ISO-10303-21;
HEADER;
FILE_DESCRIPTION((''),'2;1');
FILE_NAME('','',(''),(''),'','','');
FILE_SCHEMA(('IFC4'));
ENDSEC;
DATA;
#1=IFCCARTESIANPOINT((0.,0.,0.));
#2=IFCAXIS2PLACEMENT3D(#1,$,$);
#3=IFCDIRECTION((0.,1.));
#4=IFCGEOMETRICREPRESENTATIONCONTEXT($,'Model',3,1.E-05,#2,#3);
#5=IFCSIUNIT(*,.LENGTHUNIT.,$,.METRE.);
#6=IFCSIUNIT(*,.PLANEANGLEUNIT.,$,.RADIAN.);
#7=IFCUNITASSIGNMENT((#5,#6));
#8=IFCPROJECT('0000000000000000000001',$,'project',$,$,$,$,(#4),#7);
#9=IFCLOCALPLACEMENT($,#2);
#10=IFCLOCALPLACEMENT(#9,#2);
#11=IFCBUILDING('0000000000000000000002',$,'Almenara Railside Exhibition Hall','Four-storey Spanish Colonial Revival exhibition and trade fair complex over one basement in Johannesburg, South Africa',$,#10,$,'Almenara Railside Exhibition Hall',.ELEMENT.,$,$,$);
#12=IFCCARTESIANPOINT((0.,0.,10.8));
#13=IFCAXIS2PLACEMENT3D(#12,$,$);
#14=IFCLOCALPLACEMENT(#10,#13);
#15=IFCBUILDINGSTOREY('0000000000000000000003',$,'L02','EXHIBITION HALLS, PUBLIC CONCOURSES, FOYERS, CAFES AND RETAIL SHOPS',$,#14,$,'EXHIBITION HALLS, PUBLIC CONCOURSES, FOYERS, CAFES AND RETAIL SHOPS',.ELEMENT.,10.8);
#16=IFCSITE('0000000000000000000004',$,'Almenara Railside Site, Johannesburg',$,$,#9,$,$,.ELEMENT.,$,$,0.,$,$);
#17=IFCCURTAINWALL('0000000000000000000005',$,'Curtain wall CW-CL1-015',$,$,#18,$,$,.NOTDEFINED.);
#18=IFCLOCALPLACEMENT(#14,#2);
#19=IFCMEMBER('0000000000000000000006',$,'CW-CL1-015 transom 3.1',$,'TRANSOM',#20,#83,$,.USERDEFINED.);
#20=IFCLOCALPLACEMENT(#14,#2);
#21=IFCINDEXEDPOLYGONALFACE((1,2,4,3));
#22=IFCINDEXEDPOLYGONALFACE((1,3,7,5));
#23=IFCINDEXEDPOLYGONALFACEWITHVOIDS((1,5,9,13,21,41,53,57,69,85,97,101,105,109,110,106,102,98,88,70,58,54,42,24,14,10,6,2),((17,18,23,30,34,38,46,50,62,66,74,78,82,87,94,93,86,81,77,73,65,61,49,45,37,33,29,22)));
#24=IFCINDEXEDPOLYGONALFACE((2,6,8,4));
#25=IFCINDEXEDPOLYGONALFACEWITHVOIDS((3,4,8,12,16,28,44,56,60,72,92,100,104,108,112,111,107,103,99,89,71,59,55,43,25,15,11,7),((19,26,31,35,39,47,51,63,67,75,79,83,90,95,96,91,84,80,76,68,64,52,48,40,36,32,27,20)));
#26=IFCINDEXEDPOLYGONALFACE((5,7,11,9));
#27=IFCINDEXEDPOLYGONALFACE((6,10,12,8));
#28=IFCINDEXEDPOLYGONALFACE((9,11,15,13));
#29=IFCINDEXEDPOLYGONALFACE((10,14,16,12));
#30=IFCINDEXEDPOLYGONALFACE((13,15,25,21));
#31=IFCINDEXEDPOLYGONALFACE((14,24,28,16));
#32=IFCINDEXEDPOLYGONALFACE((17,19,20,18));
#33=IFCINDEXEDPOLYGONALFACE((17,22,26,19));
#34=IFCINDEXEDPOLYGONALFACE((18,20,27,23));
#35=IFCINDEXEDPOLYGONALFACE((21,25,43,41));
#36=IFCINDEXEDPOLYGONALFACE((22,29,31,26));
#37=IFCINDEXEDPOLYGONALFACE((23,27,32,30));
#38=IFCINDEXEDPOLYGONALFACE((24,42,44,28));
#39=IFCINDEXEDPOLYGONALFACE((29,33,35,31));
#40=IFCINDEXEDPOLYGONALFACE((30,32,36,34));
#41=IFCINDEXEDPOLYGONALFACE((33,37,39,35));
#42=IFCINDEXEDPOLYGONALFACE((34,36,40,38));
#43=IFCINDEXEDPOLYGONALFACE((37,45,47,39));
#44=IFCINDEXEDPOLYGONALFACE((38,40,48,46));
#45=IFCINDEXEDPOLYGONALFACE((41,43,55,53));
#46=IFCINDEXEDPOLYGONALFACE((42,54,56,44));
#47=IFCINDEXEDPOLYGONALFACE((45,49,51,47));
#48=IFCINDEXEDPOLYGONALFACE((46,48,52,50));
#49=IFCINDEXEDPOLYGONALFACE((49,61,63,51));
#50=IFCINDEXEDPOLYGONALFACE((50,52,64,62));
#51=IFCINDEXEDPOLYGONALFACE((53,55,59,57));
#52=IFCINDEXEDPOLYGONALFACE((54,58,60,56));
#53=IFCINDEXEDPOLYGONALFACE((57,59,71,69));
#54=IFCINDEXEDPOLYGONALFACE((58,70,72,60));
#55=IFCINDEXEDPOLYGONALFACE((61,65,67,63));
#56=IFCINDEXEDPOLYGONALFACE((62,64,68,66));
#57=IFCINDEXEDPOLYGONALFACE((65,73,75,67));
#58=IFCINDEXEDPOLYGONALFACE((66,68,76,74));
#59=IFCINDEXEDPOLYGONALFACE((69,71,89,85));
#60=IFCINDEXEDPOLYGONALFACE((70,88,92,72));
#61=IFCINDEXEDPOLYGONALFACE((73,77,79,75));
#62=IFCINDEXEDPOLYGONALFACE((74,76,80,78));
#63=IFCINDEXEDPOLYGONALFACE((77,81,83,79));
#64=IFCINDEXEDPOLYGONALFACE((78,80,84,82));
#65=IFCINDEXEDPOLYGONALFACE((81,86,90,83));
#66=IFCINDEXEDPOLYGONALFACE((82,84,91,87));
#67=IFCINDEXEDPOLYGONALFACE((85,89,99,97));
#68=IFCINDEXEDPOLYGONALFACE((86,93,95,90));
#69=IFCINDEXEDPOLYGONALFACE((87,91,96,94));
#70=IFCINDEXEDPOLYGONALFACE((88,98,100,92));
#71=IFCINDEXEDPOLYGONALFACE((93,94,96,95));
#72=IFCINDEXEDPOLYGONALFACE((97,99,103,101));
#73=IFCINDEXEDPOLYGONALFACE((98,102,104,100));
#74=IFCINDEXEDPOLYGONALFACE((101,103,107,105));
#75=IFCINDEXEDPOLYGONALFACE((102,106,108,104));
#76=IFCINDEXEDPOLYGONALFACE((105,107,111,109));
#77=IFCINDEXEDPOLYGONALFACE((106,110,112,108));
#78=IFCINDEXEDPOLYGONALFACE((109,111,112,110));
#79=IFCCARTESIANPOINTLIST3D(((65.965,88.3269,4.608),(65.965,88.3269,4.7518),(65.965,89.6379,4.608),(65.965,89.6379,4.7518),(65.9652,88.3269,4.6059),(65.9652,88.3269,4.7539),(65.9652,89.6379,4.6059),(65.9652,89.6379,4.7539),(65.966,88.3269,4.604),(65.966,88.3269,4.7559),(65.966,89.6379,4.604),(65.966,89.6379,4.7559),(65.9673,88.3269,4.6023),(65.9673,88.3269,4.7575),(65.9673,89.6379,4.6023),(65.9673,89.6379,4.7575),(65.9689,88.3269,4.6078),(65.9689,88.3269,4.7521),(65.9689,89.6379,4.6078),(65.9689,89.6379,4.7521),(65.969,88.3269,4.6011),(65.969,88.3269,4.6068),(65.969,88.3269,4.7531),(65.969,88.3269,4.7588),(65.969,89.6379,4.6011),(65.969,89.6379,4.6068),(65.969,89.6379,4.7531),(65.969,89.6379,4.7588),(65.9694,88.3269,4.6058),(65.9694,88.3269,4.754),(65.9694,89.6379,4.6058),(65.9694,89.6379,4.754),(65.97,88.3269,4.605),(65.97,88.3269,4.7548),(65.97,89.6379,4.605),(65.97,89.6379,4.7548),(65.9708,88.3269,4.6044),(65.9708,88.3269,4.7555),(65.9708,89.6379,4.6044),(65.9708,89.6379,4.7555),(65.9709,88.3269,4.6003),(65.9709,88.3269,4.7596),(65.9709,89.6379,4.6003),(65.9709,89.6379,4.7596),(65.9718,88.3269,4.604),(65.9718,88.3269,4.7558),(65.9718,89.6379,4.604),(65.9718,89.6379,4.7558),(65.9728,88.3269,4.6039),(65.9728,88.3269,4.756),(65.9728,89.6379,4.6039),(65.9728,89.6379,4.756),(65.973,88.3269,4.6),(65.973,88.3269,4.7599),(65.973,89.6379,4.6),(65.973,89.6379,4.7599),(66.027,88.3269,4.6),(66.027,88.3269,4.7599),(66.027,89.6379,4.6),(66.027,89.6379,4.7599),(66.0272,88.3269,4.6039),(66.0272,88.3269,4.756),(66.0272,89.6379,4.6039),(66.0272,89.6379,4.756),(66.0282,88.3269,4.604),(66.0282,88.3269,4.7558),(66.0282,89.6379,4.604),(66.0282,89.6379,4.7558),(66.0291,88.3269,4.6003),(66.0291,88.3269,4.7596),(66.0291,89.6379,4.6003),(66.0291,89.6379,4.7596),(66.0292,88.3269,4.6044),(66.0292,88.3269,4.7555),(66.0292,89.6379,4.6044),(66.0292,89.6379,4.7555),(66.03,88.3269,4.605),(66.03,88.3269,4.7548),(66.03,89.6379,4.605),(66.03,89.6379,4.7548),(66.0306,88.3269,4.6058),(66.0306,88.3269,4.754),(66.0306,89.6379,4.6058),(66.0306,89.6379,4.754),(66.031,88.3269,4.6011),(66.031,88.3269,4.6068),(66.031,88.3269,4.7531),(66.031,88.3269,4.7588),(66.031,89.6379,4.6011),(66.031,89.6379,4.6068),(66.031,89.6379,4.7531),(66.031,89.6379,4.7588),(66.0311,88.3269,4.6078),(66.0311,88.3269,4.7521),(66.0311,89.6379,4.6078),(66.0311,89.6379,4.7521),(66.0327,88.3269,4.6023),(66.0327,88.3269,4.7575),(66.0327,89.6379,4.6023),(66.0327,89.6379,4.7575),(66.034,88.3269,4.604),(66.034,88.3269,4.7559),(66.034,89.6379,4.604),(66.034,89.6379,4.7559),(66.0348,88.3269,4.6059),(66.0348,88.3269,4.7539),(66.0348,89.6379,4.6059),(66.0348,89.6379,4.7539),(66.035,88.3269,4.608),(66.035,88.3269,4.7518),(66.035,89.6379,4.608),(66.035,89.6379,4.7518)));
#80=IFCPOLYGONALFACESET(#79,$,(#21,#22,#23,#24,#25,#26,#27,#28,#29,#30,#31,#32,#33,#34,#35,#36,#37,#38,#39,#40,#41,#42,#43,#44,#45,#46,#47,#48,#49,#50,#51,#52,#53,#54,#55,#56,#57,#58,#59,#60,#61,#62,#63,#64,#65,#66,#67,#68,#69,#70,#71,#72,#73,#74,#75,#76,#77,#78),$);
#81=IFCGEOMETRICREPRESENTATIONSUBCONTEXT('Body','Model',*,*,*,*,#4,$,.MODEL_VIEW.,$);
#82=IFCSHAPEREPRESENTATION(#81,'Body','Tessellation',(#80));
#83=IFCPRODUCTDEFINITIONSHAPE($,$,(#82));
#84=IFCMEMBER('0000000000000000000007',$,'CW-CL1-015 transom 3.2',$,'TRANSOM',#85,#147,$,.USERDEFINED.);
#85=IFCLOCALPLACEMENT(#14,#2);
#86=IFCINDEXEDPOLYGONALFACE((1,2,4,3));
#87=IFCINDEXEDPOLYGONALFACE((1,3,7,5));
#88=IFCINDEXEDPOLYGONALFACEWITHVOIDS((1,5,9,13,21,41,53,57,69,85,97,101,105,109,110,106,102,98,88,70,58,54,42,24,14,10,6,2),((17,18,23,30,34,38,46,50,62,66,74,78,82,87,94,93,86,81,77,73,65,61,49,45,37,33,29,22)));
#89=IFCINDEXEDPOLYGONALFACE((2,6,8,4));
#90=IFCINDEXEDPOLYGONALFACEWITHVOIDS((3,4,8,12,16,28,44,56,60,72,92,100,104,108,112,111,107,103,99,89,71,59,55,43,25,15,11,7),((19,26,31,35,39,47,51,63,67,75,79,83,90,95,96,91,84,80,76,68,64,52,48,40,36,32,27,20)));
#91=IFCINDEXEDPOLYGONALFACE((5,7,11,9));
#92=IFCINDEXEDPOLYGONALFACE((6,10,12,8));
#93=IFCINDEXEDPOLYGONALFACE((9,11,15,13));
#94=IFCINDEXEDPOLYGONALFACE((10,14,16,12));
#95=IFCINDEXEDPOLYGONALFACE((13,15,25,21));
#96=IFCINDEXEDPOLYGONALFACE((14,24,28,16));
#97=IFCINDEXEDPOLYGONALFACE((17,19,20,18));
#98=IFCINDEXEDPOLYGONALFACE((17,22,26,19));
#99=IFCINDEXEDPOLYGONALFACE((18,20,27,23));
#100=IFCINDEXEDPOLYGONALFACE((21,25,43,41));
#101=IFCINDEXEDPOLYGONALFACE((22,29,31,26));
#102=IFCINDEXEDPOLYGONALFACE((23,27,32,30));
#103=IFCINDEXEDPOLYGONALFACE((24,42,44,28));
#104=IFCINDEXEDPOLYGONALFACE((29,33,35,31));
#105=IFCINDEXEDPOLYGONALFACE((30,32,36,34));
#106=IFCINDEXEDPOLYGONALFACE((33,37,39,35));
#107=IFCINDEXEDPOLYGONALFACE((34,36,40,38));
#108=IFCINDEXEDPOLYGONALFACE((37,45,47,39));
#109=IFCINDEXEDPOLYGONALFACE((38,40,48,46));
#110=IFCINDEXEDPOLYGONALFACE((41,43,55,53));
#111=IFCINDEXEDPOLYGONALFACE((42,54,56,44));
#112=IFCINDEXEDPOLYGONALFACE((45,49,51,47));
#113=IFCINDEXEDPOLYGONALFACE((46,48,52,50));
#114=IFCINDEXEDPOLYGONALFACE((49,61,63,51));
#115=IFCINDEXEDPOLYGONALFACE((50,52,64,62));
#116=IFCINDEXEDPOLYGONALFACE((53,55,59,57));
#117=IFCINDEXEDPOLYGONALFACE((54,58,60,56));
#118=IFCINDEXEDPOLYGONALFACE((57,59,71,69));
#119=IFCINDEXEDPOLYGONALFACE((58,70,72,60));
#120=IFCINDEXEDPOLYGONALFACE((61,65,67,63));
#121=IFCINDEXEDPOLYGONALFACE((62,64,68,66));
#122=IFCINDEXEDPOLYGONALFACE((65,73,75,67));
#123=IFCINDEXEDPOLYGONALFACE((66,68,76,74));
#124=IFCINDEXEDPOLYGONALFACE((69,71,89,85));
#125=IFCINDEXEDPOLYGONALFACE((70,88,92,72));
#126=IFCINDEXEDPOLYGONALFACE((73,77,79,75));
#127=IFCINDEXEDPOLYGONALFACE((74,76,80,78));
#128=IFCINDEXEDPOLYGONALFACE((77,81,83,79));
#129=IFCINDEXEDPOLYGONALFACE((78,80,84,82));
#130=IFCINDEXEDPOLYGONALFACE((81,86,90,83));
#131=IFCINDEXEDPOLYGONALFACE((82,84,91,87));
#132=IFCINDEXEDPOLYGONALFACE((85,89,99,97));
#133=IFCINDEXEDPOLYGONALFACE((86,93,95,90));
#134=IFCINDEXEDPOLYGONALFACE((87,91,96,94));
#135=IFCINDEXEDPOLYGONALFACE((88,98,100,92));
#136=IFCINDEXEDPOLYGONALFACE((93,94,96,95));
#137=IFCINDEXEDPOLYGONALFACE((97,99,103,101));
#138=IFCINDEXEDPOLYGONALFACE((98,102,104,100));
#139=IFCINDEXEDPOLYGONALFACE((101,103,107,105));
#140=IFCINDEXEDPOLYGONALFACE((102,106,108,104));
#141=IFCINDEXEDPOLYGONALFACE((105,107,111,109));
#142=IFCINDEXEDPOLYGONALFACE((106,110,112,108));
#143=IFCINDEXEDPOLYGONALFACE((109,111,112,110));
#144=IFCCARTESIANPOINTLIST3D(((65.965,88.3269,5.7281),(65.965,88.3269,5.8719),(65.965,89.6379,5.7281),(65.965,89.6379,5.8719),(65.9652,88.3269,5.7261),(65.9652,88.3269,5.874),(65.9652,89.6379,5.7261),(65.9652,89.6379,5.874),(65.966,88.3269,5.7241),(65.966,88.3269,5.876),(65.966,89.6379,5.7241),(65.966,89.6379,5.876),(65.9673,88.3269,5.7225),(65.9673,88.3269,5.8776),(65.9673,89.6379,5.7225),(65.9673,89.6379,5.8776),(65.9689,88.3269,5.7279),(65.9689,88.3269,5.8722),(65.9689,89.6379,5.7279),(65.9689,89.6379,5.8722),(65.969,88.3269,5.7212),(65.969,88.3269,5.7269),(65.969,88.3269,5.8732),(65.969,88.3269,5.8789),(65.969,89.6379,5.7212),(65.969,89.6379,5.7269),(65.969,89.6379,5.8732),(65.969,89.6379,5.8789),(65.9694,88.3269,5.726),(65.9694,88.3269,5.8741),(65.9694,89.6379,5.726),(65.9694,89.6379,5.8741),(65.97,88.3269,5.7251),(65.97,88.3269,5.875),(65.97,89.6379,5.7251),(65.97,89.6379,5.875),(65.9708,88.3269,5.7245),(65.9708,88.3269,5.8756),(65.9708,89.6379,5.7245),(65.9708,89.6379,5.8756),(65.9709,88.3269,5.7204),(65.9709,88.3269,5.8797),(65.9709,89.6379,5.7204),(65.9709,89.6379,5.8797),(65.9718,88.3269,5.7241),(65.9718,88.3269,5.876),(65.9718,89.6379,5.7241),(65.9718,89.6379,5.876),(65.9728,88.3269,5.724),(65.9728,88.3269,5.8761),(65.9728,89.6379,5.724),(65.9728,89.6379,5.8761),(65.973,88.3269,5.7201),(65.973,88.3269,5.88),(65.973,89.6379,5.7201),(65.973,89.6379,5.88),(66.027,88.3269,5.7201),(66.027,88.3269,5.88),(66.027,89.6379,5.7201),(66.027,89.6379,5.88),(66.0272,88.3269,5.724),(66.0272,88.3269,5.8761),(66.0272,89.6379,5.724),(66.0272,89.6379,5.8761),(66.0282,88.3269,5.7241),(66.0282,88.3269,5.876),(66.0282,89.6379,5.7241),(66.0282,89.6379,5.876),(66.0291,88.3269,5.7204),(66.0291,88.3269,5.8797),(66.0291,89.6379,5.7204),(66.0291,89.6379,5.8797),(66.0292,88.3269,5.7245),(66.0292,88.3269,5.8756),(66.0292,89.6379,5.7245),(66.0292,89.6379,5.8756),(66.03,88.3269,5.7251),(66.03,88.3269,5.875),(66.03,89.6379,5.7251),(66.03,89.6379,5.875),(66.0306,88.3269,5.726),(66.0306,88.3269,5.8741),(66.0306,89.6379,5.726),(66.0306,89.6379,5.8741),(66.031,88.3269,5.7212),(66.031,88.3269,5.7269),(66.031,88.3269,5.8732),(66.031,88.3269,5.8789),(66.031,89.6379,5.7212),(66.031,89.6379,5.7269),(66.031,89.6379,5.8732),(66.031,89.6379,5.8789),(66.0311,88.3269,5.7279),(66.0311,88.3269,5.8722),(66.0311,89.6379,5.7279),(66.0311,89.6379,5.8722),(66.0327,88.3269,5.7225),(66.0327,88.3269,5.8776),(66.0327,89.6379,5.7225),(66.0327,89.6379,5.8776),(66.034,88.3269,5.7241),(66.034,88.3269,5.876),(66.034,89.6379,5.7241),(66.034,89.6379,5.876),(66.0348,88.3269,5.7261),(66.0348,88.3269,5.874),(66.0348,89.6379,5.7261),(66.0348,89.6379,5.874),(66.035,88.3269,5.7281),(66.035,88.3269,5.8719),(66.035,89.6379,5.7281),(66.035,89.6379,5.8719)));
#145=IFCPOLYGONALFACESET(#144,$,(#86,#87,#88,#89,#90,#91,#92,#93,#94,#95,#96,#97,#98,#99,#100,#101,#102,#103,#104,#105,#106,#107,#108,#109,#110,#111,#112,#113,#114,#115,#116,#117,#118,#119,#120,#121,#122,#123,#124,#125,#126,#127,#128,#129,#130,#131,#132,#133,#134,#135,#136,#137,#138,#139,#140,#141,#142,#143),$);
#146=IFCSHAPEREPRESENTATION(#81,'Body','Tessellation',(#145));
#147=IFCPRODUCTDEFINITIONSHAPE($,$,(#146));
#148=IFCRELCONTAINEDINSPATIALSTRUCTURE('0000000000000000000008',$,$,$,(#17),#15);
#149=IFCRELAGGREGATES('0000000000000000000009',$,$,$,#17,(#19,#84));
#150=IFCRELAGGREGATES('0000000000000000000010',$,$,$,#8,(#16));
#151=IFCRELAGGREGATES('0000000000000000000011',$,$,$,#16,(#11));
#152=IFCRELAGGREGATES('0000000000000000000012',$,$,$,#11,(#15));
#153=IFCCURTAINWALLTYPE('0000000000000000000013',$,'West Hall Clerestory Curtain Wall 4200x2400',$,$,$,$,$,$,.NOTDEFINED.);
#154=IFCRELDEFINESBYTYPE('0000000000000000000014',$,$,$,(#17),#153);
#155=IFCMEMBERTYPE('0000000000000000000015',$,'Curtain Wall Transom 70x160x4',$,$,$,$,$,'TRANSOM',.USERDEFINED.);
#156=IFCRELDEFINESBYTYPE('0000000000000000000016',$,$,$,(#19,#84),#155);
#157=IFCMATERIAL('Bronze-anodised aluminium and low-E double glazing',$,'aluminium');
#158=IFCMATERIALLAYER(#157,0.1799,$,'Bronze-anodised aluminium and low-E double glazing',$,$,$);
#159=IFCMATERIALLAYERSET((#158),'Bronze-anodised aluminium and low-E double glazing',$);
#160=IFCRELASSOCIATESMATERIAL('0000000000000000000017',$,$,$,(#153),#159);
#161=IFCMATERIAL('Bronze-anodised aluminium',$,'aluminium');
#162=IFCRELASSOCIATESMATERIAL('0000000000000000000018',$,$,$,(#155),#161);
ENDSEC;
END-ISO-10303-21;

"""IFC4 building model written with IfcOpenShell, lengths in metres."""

from ifc_helpers import new_model, si_unit, direction, frame, origin, origin_2d, place, context, subcontext, project, spatial, hollow_rectangle, extrude, material, layer, layer_set, material_profile, profile_set, type_object, element, aggregate, save


model = new_model("IFC4")

# Units and contexts
model_context = context("Model", 3, precision=1e-05, world=origin(), true_north=direction((0.0, 1.0)))
body_context = subcontext(model_context, "Body", "Model", "MODEL_VIEW")
ifc_project = project(units=[si_unit("LENGTHUNIT", "METRE"), si_unit("PLANEANGLEUNIT", "RADIAN")], contexts=[model_context])

# Site, building, storey
site_placement = place(None, origin())
site = spatial("IfcSite", under=ifc_project, at=site_placement, Name="Almenara Railside Site, Johannesburg", CompositionType="ELEMENT", RefElevation=0.0)
building_placement = place(site_placement, origin())
building = spatial("IfcBuilding", under=site, at=building_placement, Name="Almenara Railside Exhibition Hall", Description="Four-storey Spanish Colonial Revival exhibition and trade fair complex over one basement in Johannesburg, South Africa", LongName="Almenara Railside Exhibition Hall", CompositionType="ELEMENT")
storey_placement = place(building_placement, frame((0.0, 0.0, 10.8)))
storey = spatial("IfcBuildingStorey", under=building, at=storey_placement, Name="L02", Description="EXHIBITION HALLS, PUBLIC CONCOURSES, FOYERS, CAFES AND RETAIL SHOPS", LongName="EXHIBITION HALLS, PUBLIC CONCOURSES, FOYERS, CAFES AND RETAIL SHOPS", CompositionType="ELEMENT", Elevation=10.8)

# Shared definitions
ifc_material_1 = material(Name="Bronze-anodised aluminium and low-E double glazing", Category="aluminium")
ifc_layer_1 = layer(ifc_material_1, 0.1799, Name="Bronze-anodised aluminium and low-E double glazing")
ifc_layer_set_1 = layer_set([ifc_layer_1], Name="Bronze-anodised aluminium and low-E double glazing")
curtain_wall_type = type_object("IfcCurtainWallType", Name="West Hall Clerestory Curtain Wall 4200x2400", PredefinedType="NOTDEFINED", material=ifc_layer_set_1)
ifc_material_2 = material(Name="Bronze-anodised aluminium", Category="aluminium")

# Curtain wall
curtain_wall_1_placement = place(storey_placement, origin())
curtain_wall_1 = element("IfcCurtainWall", 1, at=curtain_wall_1_placement, inside=storey, type_object=curtain_wall_type, Name="Curtain wall CW-CL1-015", PredefinedType="NOTDEFINED")

# Members
ifc_material_profile_1 = material_profile(ifc_material_2, hollow_rectangle(XDim=0.0701, YDim=0.1599, WallThickness=0.0039, InnerFilletRadius=0.0039, OuterFilletRadius=0.0081, at=origin_2d()), Name="ALU-TRN 70x160x4")
ifc_profile_set_1 = profile_set([ifc_material_profile_1], Name="Bronze-anodised aluminium")
member_type_1 = type_object("IfcMemberType", Name="Curtain Wall Transom 70x160x4", ElementType="TRANSOM", PredefinedType="USERDEFINED", material=ifc_profile_set_1)
member_1_placement = place(storey_placement, frame((66.0, 88.3269, 4.6799), z_axis=(0.0, 1.0, 0.0), x_axis=(-1.0, 0.0, 0.0)))
member_1 = element("IfcMember", 2, at=member_1_placement, type_object=member_type_1, Name="CW-CL1-015 transom 3.1", ObjectType="TRANSOM", PredefinedType="USERDEFINED", context=body_context, shape_type="SweptSolid", body=[
    extrude(hollow_rectangle(XDim=0.0701, YDim=0.1599, WallThickness=0.0039, InnerFilletRadius=0.0039, OuterFilletRadius=0.0081, at=origin_2d()), origin(), (0.0, 0.0, 1.0), 1.311),
])
member_2_placement = place(storey_placement, frame((66.0, 88.3269, 5.8), z_axis=(0.0, 1.0, 0.0), x_axis=(-1.0, 0.0, 0.0)))
member_2 = element("IfcMember", 3, at=member_2_placement, type_object=member_type_1, Name="CW-CL1-015 transom 3.2", ObjectType="TRANSOM", PredefinedType="USERDEFINED", context=body_context, shape_type="SweptSolid", body=[
    extrude(hollow_rectangle(XDim=0.0701, YDim=0.1599, WallThickness=0.0039, InnerFilletRadius=0.0039, OuterFilletRadius=0.0081, at=origin_2d()), origin(), (0.0, 0.0, 1.0), 1.311),
])

aggregate(curtain_wall_1, [member_1, member_2])

save(model, "model.ifc")
